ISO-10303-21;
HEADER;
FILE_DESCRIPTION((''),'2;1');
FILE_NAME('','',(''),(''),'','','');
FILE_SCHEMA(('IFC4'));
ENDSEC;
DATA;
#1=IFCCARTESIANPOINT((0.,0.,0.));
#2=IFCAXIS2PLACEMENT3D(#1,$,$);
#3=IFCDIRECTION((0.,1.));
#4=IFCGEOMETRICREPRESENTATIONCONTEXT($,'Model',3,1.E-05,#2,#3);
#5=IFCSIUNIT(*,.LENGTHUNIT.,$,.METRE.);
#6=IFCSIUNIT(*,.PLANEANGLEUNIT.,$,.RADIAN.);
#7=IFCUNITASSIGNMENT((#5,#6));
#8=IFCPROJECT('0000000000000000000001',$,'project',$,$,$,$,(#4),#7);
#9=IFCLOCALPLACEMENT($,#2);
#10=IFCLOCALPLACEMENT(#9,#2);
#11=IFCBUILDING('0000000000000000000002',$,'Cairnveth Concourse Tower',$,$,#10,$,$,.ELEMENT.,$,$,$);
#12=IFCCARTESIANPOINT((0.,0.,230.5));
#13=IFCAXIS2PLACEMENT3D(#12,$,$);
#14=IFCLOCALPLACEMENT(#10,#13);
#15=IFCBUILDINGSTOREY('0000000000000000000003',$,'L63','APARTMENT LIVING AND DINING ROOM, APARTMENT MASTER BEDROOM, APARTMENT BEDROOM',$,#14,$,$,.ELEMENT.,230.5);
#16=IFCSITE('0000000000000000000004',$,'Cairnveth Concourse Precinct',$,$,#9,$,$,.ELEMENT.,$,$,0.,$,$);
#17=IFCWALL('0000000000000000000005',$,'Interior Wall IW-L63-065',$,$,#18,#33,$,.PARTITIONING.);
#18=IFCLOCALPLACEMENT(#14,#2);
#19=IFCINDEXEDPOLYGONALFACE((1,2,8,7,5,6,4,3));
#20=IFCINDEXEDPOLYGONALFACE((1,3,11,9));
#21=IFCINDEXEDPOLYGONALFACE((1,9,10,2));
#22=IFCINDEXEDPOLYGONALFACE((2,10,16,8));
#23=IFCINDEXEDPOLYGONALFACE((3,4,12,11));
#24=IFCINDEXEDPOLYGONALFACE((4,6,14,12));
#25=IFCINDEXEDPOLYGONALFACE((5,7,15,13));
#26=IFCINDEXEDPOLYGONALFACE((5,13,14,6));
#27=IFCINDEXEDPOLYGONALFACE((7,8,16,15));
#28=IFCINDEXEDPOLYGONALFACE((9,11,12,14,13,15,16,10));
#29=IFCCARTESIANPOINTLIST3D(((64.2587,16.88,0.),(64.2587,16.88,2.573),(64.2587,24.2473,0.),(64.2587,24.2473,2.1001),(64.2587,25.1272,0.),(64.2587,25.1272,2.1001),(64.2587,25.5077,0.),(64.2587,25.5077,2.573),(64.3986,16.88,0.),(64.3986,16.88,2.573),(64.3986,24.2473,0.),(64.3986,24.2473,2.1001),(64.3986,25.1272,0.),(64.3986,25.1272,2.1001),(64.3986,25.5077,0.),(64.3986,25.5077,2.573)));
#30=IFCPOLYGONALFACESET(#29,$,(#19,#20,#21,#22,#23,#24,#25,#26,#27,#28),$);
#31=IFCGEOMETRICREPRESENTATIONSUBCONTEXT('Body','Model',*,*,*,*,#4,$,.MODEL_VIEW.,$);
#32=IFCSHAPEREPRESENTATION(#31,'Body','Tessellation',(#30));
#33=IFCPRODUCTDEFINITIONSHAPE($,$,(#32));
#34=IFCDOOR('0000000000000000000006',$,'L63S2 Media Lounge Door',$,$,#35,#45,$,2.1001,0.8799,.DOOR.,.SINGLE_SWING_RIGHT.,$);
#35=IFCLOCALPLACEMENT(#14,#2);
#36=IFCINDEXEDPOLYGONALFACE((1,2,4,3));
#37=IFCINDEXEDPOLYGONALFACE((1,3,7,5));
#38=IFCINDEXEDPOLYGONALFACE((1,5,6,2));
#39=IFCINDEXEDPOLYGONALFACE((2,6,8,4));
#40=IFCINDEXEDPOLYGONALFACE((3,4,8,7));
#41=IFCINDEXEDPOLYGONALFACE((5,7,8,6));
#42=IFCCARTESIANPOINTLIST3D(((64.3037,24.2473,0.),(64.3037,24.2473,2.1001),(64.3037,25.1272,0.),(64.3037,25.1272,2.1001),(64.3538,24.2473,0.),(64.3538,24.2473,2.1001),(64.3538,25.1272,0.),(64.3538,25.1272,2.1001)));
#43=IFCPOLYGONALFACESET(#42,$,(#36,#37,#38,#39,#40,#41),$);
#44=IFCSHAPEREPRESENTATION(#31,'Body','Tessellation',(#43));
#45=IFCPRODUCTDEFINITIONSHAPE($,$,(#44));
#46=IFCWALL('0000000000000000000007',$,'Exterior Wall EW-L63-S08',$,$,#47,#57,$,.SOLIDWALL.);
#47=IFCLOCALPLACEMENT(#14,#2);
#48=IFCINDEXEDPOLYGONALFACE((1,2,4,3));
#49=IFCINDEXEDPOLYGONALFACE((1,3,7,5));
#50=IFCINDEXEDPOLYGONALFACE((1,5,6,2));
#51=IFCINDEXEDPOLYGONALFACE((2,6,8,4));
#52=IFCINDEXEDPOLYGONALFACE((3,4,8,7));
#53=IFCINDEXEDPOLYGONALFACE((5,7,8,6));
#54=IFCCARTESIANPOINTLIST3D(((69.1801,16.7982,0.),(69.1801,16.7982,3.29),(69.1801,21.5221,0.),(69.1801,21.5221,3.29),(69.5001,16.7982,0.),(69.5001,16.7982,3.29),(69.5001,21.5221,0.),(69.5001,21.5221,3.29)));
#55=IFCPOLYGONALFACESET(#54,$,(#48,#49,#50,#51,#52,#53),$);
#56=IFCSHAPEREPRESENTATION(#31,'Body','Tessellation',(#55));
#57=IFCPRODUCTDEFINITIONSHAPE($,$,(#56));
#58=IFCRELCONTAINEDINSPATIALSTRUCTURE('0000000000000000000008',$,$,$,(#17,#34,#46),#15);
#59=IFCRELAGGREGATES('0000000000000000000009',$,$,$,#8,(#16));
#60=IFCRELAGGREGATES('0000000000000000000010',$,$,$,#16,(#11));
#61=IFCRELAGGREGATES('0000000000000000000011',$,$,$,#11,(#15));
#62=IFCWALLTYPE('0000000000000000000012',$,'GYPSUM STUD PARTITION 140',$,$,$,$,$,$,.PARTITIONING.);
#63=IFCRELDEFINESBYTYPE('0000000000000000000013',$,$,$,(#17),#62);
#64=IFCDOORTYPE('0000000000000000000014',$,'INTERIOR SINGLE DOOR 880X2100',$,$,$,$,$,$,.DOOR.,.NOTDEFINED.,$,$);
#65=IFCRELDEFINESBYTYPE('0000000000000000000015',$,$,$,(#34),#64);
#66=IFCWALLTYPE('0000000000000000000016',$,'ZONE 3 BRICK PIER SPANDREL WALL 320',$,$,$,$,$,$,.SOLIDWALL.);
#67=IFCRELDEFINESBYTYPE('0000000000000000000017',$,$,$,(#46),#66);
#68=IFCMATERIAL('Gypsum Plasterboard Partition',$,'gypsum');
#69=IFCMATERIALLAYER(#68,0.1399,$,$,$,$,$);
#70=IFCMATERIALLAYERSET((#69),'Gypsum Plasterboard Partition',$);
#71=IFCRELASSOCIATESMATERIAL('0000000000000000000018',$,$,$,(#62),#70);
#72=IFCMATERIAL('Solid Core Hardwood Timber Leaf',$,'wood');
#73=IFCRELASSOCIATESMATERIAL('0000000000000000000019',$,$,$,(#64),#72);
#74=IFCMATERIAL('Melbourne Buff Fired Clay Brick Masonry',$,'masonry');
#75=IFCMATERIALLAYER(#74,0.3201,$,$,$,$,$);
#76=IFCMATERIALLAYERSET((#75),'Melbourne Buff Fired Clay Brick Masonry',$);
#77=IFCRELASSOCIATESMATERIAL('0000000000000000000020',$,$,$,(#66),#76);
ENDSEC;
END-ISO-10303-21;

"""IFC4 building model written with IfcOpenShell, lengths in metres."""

from ifc_helpers import new_model, si_unit, direction, frame, frame_2d, origin, place, context, subcontext, project, spatial, rectangle, extrude, material, layer, layer_set, type_object, element, fill, save


model = new_model("IFC4")

# Units and contexts
model_context = context("Model", 3, precision=1e-05, world=origin(), true_north=direction((0.0, 1.0)))
body_context = subcontext(model_context, "Body", "Model", "MODEL_VIEW")
ifc_project = project(units=[si_unit("LENGTHUNIT", "METRE"), si_unit("PLANEANGLEUNIT", "RADIAN")], contexts=[model_context])

# Site, building, storey
site_placement = place(None, origin())
site = spatial("IfcSite", under=ifc_project, at=site_placement, Name="Cairnveth Concourse Precinct", CompositionType="ELEMENT", RefElevation=0.0)
building_placement = place(site_placement, origin())
building = spatial("IfcBuilding", under=site, at=building_placement, Name="Cairnveth Concourse Tower", CompositionType="ELEMENT")
storey_placement = place(building_placement, frame((0.0, 0.0, 230.5)))
storey = spatial("IfcBuildingStorey", under=building, at=storey_placement, Name="L63", Description="APARTMENT LIVING AND DINING ROOM, APARTMENT MASTER BEDROOM, APARTMENT BEDROOM", CompositionType="ELEMENT", Elevation=230.5)

# Wall, opening, door
ifc_material_1 = material(Name="Gypsum Plasterboard Partition", Category="gypsum")
ifc_layer_1 = layer(ifc_material_1, 0.1399)
ifc_layer_set_1 = layer_set([ifc_layer_1], Name="Gypsum Plasterboard Partition")
wall_type_1 = type_object("IfcWallType", Name="GYPSUM STUD PARTITION 140", PredefinedType="PARTITIONING", material=ifc_layer_set_1)
ifc_material_2 = material(Name="Solid Core Hardwood Timber Leaf", Category="wood")
door_type = type_object("IfcDoorType", Name="INTERIOR SINGLE DOOR 880X2100", OperationType="NOTDEFINED", PredefinedType="DOOR", material=ifc_material_2)
wall_1_placement = place(storey_placement, frame((64.3286, 16.8799, 0.0), z_axis=(0.0, 0.0, 1.0), x_axis=(0.0, 1.0, 0.0)))
wall_1 = element("IfcWall", 1, at=wall_1_placement, inside=storey, type_object=wall_type_1, Name="Interior Wall IW-L63-065", PredefinedType="PARTITIONING", context=body_context, shape_type="SweptSolid", body=[
    extrude(rectangle(XDim=8.6277, YDim=0.1399, at=frame_2d((4.314, 0.0))), origin(), (0.0, 0.0, 1.0), 2.573),
])
opening_1_placement = place(wall_1_placement, frame((7.3674, 0.0, 0.0)))
opening_1 = element("IfcOpeningElement", 2, at=opening_1_placement, cuts=wall_1, PredefinedType="OPENING", context=body_context, shape_type="SweptSolid", body=[
    extrude(rectangle(XDim=0.8799, YDim=2.1001, at=frame_2d((0.4399, 1.05))), frame((0.0, 0.0798, 0.0), z_axis=(0.0, -1.0, 0.0), x_axis=(1.0, 0.0, 0.0)), (0.0, 0.0, 1.0), 0.1599),
])
door_1_placement = place(opening_1_placement, origin())
door_1 = element("IfcDoor", 3, at=door_1_placement, inside=storey, type_object=door_type, Name="L63S2 Media Lounge Door", OperationType="SINGLE_SWING_RIGHT", OverallHeight=2.1001, OverallWidth=0.8799, PredefinedType="DOOR", context=body_context, shape_type="SweptSolid", body=[
    extrude(rectangle(XDim=0.8799, YDim=2.1001, at=frame_2d((0.4399, 1.05))), frame((0.0, 0.0249, 0.0), z_axis=(0.0, -1.0, 0.0), x_axis=(1.0, 0.0, 0.0)), (0.0, 0.0, 1.0), 0.05),
])
fill(opening_1, door_1)

# Wall
ifc_material_3 = material(Name="Melbourne Buff Fired Clay Brick Masonry", Category="masonry")
ifc_layer_2 = layer(ifc_material_3, 0.3201)
ifc_layer_set_2 = layer_set([ifc_layer_2], Name="Melbourne Buff Fired Clay Brick Masonry")
wall_type_2 = type_object("IfcWallType", Name="ZONE 3 BRICK PIER SPANDREL WALL 320", PredefinedType="SOLIDWALL", material=ifc_layer_set_2)
wall_2_placement = place(storey_placement, frame((69.3401, 21.522, 0.0), z_axis=(0.0, 0.0, 1.0), x_axis=(0.0, -1.0, 0.0)))
element("IfcWall", 4, at=wall_2_placement, inside=storey, type_object=wall_type_2, Name="Exterior Wall EW-L63-S08", PredefinedType="SOLIDWALL", context=body_context, shape_type="SweptSolid", body=[
    extrude(rectangle(XDim=4.7239, YDim=0.3201, at=frame_2d((2.3618, 0.0))), origin(), (0.0, 0.0, 1.0), 3.29),
])

save(model, "model.ifc")
